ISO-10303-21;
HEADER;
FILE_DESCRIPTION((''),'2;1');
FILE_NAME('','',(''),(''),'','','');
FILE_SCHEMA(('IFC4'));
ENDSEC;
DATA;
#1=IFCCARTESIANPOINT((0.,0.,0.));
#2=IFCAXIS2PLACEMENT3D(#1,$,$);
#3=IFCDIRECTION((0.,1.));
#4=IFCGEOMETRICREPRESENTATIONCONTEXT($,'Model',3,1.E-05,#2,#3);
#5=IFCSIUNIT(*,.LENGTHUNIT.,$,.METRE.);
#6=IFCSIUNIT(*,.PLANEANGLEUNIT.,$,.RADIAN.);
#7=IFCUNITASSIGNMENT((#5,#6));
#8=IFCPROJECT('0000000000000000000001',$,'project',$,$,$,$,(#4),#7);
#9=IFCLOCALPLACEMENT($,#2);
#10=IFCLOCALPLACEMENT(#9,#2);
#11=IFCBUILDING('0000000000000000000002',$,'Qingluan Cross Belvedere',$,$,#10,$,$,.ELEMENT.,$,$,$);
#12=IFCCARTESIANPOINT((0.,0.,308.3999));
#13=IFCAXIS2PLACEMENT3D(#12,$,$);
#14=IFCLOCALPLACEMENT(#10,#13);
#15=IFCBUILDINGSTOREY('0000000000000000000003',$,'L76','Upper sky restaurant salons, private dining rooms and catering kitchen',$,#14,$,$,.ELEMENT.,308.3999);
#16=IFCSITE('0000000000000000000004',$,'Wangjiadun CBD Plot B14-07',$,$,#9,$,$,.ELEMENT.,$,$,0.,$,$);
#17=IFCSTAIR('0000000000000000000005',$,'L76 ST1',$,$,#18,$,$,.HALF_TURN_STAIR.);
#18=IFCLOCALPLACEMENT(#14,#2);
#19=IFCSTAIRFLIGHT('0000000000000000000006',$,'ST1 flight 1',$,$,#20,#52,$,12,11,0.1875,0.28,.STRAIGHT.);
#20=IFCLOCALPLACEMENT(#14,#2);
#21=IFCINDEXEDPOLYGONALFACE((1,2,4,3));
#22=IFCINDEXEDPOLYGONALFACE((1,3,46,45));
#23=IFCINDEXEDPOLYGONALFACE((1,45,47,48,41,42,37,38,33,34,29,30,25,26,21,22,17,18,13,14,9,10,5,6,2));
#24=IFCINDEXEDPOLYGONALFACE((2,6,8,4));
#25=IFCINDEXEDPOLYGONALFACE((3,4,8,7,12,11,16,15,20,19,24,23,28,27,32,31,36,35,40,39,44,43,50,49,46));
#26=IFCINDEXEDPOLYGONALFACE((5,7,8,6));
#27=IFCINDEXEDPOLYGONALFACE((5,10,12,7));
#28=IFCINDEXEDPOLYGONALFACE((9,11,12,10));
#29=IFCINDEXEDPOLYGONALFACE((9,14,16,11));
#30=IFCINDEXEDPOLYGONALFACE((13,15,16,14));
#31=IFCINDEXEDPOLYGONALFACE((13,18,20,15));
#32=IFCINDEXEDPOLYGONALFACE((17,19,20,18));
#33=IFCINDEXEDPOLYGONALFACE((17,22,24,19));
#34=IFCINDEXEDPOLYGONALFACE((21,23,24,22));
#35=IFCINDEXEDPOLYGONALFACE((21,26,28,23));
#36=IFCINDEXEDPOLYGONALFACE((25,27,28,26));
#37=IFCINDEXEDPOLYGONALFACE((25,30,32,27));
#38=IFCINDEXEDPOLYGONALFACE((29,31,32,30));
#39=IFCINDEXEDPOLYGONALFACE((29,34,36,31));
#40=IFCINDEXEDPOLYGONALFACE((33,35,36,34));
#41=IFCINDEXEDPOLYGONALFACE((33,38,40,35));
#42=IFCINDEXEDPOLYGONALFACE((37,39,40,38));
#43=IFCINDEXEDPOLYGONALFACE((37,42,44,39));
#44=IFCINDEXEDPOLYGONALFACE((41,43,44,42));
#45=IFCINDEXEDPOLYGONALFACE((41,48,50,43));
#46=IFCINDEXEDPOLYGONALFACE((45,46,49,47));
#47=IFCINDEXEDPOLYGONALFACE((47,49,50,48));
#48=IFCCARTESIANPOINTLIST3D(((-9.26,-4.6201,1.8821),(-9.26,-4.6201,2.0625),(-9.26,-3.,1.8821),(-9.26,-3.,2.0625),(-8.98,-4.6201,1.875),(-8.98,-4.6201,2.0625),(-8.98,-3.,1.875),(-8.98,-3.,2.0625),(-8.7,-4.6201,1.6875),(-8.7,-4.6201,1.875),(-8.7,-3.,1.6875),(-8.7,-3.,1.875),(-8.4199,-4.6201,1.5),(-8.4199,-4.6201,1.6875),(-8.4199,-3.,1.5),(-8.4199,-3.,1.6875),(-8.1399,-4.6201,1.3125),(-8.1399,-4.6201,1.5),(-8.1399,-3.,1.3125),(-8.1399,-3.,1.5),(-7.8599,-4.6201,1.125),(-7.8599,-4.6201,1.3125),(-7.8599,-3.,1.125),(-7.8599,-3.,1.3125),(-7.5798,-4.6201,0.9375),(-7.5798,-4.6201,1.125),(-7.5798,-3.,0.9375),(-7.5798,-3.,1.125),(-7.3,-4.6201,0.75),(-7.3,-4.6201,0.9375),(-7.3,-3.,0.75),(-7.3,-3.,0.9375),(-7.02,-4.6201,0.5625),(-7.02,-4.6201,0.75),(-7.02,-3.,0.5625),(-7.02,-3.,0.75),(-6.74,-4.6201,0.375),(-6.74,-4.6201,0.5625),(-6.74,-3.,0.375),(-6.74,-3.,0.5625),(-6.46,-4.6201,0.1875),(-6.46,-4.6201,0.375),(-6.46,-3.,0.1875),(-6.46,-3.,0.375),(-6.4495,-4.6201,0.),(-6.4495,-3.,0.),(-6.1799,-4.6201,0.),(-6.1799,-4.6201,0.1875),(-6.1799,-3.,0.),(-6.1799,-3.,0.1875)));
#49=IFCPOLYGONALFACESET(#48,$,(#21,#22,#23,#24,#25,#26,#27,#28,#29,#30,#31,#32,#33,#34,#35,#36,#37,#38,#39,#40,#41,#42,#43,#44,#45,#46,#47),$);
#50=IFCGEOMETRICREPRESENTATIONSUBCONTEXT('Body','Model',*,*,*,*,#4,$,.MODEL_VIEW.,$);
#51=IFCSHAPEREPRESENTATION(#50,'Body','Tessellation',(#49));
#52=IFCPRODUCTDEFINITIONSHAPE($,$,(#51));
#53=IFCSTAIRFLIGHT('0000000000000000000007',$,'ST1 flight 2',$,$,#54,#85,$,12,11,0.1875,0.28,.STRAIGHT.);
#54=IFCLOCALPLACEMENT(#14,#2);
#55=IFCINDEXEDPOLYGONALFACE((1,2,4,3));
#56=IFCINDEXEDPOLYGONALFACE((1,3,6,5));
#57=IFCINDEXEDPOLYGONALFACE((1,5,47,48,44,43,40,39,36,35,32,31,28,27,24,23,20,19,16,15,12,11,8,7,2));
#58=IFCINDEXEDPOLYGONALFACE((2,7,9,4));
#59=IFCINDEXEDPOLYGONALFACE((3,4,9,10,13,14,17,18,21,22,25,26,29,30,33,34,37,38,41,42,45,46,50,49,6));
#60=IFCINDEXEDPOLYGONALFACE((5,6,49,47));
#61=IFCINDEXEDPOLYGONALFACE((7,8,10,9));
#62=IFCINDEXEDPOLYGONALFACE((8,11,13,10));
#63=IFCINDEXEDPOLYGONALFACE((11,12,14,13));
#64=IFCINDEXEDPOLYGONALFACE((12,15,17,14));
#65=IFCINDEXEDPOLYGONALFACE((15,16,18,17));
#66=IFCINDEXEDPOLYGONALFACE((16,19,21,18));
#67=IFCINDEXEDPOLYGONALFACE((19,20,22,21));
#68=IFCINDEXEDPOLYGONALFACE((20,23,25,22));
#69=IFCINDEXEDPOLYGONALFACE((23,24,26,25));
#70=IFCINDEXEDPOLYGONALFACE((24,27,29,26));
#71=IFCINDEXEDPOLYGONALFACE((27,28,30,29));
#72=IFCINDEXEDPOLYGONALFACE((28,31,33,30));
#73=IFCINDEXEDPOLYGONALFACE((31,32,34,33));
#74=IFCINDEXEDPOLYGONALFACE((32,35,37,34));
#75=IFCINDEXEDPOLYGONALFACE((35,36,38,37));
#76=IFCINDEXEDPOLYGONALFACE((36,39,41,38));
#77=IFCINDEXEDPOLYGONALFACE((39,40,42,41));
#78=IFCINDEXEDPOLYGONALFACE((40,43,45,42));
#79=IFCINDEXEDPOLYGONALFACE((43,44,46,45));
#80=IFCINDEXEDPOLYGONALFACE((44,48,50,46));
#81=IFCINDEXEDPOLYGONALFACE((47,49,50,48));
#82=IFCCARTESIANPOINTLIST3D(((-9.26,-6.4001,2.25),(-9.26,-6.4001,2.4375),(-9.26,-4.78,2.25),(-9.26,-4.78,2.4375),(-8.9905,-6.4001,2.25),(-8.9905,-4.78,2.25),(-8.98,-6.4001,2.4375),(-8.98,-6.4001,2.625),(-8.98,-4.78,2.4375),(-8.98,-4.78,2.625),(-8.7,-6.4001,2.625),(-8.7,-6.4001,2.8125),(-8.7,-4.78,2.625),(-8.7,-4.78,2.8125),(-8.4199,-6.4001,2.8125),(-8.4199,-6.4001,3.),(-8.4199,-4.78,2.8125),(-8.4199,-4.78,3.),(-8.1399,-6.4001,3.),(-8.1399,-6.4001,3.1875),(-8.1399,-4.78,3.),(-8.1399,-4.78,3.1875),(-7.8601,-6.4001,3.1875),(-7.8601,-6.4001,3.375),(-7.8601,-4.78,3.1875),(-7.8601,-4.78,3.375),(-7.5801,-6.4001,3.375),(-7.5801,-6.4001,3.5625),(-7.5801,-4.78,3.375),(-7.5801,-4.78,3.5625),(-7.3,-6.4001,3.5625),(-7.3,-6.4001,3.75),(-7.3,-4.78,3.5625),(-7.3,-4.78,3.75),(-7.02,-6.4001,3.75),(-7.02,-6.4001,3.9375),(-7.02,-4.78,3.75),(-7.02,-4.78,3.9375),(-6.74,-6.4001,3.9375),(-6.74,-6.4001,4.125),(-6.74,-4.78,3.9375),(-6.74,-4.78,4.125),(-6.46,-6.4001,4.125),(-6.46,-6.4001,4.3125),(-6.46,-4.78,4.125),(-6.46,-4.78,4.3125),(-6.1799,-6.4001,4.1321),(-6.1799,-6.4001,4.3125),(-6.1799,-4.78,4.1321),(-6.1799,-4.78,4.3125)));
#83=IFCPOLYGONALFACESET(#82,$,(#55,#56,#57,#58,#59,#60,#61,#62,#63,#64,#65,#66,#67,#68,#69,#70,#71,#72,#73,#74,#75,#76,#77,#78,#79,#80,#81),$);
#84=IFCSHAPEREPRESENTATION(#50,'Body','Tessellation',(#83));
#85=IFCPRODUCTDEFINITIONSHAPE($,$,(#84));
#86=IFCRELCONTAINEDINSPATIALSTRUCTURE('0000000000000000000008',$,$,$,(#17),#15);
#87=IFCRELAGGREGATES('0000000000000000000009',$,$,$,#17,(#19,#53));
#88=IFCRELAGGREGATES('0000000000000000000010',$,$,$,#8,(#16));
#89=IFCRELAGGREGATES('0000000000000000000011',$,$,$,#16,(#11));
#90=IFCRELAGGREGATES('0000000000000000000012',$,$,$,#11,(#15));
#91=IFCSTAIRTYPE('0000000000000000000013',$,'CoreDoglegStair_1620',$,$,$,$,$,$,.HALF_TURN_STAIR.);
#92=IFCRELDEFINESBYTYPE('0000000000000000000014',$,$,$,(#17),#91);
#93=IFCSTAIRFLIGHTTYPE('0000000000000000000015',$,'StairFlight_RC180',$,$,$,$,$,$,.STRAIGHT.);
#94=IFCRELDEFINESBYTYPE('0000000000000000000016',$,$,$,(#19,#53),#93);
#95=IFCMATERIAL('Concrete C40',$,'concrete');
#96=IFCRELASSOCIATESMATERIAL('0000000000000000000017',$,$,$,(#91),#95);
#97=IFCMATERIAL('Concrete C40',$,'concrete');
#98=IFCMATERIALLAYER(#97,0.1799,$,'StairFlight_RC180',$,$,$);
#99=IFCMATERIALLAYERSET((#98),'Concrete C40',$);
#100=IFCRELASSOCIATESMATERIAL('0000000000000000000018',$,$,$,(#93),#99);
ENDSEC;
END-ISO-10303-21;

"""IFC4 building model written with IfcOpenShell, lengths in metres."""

from ifc_helpers import new_model, si_unit, direction, frame, origin, place, context, subcontext, project, spatial, polyline, outline, extrude, material, layer, layer_set, type_object, element, aggregate, save


model = new_model("IFC4")

# Units and contexts
model_context = context("Model", 3, precision=1e-05, world=origin(), true_north=direction((0.0, 1.0)))
body_context = subcontext(model_context, "Body", "Model", "MODEL_VIEW")
ifc_project = project(units=[si_unit("LENGTHUNIT", "METRE"), si_unit("PLANEANGLEUNIT", "RADIAN")], contexts=[model_context])

# Site, building, storey
site_placement = place(None, origin())
site = spatial("IfcSite", under=ifc_project, at=site_placement, Name="Wangjiadun CBD Plot B14-07", CompositionType="ELEMENT", RefElevation=0.0)
building_placement = place(site_placement, origin())
building = spatial("IfcBuilding", under=site, at=building_placement, Name="Qingluan Cross Belvedere", CompositionType="ELEMENT")
storey_placement = place(building_placement, frame((0.0, 0.0, 308.3999)))
storey = spatial("IfcBuildingStorey", under=building, at=storey_placement, Name="L76", Description="Upper sky restaurant salons, private dining rooms and catering kitchen", CompositionType="ELEMENT", Elevation=308.3999)

# Stair, stair flights
ifc_material_1 = material(Name="Concrete C40", Category="concrete")
stair_type = type_object("IfcStairType", Name="CoreDoglegStair_1620", PredefinedType="HALF_TURN_STAIR", material=ifc_material_1)
stair_placement = place(storey_placement, origin())
stair = element("IfcStair", 1, at=stair_placement, inside=storey, type_object=stair_type, Name="L76 ST1", PredefinedType="HALF_TURN_STAIR")
ifc_material_2 = material(Name="Concrete C40", Category="concrete")
ifc_layer_1 = layer(ifc_material_2, 0.1799, Name="StairFlight_RC180")
ifc_layer_set_1 = layer_set([ifc_layer_1], Name="Concrete C40")
stair_flight_type = type_object("IfcStairFlightType", Name="StairFlight_RC180", PredefinedType="STRAIGHT", material=ifc_layer_set_1)
stair_flight_1_placement = place(storey_placement, frame((-6.1799, -3.8101, 0.0), z_axis=(0.0, 0.0, 1.0), x_axis=(-1.0, 0.0, 0.0)))
stair_flight_1 = element("IfcStairFlight", 2, at=stair_flight_1_placement, type_object=stair_flight_type, Name="ST1 flight 1", NumberOfRisers=12, NumberOfTreads=11, PredefinedType="STRAIGHT", RiserHeight=0.1875, TreadLength=0.28, context=body_context, shape_type="SweptSolid", body=[
    extrude(outline(polyline([(0.0, 0.0), (0.0, 0.1875), (0.28, 0.1875), (0.28, 0.375), (0.5601, 0.375), (0.5601, 0.5625), (0.8401, 0.5625), (0.8401, 0.75), (1.1201, 0.75), (1.1201, 0.9375), (1.3999, 0.9375), (1.3999, 1.125), (1.6799, 1.125), (1.6799, 1.3125), (1.96, 1.3125), (1.96, 1.5), (2.24, 1.5), (2.24, 1.6875), (2.52, 1.6875), (2.52, 1.875), (2.8, 1.875), (2.8, 2.0625), (3.0801, 2.0625), (3.0801, 2.25), (3.0801, 1.8821), (0.2695, 0.0), (0.0, 0.0)])), frame((0.0, 0.8101, 0.0), z_axis=(0.0, -1.0, 0.0), x_axis=(1.0, 0.0, 0.0)), (0.0, 0.0, 1.0), 1.6201),
])
stair_flight_2_placement = place(storey_placement, frame((-9.26, -5.5901, 2.25), z_axis=(0.0, 0.0, 1.0), x_axis=(1.0, 0.0, 0.0)))
stair_flight_2 = element("IfcStairFlight", 3, at=stair_flight_2_placement, type_object=stair_flight_type, Name="ST1 flight 2", NumberOfRisers=12, NumberOfTreads=11, PredefinedType="STRAIGHT", RiserHeight=0.1875, TreadLength=0.28, context=body_context, shape_type="SweptSolid", body=[
    extrude(outline(polyline([(0.0, 0.0), (0.0, 0.1875), (0.28, 0.1875), (0.28, 0.375), (0.5601, 0.375), (0.5601, 0.5625), (0.8401, 0.5625), (0.8401, 0.75), (1.1201, 0.75), (1.1201, 0.9375), (1.3999, 0.9375), (1.3999, 1.125), (1.6799, 1.125), (1.6799, 1.3125), (1.96, 1.3125), (1.96, 1.5), (2.24, 1.5), (2.24, 1.6875), (2.52, 1.6875), (2.52, 1.875), (2.8, 1.875), (2.8, 2.0625), (3.0801, 2.0625), (3.0801, 2.25), (3.0801, 1.8821), (0.2695, 0.0), (0.0, 0.0)])), frame((0.0, 0.8101, 0.0), z_axis=(0.0, -1.0, 0.0), x_axis=(1.0, 0.0, 0.0)), (0.0, 0.0, 1.0), 1.6201),
])
aggregate(stair, [stair_flight_1, stair_flight_2])

save(model, "model.ifc")
